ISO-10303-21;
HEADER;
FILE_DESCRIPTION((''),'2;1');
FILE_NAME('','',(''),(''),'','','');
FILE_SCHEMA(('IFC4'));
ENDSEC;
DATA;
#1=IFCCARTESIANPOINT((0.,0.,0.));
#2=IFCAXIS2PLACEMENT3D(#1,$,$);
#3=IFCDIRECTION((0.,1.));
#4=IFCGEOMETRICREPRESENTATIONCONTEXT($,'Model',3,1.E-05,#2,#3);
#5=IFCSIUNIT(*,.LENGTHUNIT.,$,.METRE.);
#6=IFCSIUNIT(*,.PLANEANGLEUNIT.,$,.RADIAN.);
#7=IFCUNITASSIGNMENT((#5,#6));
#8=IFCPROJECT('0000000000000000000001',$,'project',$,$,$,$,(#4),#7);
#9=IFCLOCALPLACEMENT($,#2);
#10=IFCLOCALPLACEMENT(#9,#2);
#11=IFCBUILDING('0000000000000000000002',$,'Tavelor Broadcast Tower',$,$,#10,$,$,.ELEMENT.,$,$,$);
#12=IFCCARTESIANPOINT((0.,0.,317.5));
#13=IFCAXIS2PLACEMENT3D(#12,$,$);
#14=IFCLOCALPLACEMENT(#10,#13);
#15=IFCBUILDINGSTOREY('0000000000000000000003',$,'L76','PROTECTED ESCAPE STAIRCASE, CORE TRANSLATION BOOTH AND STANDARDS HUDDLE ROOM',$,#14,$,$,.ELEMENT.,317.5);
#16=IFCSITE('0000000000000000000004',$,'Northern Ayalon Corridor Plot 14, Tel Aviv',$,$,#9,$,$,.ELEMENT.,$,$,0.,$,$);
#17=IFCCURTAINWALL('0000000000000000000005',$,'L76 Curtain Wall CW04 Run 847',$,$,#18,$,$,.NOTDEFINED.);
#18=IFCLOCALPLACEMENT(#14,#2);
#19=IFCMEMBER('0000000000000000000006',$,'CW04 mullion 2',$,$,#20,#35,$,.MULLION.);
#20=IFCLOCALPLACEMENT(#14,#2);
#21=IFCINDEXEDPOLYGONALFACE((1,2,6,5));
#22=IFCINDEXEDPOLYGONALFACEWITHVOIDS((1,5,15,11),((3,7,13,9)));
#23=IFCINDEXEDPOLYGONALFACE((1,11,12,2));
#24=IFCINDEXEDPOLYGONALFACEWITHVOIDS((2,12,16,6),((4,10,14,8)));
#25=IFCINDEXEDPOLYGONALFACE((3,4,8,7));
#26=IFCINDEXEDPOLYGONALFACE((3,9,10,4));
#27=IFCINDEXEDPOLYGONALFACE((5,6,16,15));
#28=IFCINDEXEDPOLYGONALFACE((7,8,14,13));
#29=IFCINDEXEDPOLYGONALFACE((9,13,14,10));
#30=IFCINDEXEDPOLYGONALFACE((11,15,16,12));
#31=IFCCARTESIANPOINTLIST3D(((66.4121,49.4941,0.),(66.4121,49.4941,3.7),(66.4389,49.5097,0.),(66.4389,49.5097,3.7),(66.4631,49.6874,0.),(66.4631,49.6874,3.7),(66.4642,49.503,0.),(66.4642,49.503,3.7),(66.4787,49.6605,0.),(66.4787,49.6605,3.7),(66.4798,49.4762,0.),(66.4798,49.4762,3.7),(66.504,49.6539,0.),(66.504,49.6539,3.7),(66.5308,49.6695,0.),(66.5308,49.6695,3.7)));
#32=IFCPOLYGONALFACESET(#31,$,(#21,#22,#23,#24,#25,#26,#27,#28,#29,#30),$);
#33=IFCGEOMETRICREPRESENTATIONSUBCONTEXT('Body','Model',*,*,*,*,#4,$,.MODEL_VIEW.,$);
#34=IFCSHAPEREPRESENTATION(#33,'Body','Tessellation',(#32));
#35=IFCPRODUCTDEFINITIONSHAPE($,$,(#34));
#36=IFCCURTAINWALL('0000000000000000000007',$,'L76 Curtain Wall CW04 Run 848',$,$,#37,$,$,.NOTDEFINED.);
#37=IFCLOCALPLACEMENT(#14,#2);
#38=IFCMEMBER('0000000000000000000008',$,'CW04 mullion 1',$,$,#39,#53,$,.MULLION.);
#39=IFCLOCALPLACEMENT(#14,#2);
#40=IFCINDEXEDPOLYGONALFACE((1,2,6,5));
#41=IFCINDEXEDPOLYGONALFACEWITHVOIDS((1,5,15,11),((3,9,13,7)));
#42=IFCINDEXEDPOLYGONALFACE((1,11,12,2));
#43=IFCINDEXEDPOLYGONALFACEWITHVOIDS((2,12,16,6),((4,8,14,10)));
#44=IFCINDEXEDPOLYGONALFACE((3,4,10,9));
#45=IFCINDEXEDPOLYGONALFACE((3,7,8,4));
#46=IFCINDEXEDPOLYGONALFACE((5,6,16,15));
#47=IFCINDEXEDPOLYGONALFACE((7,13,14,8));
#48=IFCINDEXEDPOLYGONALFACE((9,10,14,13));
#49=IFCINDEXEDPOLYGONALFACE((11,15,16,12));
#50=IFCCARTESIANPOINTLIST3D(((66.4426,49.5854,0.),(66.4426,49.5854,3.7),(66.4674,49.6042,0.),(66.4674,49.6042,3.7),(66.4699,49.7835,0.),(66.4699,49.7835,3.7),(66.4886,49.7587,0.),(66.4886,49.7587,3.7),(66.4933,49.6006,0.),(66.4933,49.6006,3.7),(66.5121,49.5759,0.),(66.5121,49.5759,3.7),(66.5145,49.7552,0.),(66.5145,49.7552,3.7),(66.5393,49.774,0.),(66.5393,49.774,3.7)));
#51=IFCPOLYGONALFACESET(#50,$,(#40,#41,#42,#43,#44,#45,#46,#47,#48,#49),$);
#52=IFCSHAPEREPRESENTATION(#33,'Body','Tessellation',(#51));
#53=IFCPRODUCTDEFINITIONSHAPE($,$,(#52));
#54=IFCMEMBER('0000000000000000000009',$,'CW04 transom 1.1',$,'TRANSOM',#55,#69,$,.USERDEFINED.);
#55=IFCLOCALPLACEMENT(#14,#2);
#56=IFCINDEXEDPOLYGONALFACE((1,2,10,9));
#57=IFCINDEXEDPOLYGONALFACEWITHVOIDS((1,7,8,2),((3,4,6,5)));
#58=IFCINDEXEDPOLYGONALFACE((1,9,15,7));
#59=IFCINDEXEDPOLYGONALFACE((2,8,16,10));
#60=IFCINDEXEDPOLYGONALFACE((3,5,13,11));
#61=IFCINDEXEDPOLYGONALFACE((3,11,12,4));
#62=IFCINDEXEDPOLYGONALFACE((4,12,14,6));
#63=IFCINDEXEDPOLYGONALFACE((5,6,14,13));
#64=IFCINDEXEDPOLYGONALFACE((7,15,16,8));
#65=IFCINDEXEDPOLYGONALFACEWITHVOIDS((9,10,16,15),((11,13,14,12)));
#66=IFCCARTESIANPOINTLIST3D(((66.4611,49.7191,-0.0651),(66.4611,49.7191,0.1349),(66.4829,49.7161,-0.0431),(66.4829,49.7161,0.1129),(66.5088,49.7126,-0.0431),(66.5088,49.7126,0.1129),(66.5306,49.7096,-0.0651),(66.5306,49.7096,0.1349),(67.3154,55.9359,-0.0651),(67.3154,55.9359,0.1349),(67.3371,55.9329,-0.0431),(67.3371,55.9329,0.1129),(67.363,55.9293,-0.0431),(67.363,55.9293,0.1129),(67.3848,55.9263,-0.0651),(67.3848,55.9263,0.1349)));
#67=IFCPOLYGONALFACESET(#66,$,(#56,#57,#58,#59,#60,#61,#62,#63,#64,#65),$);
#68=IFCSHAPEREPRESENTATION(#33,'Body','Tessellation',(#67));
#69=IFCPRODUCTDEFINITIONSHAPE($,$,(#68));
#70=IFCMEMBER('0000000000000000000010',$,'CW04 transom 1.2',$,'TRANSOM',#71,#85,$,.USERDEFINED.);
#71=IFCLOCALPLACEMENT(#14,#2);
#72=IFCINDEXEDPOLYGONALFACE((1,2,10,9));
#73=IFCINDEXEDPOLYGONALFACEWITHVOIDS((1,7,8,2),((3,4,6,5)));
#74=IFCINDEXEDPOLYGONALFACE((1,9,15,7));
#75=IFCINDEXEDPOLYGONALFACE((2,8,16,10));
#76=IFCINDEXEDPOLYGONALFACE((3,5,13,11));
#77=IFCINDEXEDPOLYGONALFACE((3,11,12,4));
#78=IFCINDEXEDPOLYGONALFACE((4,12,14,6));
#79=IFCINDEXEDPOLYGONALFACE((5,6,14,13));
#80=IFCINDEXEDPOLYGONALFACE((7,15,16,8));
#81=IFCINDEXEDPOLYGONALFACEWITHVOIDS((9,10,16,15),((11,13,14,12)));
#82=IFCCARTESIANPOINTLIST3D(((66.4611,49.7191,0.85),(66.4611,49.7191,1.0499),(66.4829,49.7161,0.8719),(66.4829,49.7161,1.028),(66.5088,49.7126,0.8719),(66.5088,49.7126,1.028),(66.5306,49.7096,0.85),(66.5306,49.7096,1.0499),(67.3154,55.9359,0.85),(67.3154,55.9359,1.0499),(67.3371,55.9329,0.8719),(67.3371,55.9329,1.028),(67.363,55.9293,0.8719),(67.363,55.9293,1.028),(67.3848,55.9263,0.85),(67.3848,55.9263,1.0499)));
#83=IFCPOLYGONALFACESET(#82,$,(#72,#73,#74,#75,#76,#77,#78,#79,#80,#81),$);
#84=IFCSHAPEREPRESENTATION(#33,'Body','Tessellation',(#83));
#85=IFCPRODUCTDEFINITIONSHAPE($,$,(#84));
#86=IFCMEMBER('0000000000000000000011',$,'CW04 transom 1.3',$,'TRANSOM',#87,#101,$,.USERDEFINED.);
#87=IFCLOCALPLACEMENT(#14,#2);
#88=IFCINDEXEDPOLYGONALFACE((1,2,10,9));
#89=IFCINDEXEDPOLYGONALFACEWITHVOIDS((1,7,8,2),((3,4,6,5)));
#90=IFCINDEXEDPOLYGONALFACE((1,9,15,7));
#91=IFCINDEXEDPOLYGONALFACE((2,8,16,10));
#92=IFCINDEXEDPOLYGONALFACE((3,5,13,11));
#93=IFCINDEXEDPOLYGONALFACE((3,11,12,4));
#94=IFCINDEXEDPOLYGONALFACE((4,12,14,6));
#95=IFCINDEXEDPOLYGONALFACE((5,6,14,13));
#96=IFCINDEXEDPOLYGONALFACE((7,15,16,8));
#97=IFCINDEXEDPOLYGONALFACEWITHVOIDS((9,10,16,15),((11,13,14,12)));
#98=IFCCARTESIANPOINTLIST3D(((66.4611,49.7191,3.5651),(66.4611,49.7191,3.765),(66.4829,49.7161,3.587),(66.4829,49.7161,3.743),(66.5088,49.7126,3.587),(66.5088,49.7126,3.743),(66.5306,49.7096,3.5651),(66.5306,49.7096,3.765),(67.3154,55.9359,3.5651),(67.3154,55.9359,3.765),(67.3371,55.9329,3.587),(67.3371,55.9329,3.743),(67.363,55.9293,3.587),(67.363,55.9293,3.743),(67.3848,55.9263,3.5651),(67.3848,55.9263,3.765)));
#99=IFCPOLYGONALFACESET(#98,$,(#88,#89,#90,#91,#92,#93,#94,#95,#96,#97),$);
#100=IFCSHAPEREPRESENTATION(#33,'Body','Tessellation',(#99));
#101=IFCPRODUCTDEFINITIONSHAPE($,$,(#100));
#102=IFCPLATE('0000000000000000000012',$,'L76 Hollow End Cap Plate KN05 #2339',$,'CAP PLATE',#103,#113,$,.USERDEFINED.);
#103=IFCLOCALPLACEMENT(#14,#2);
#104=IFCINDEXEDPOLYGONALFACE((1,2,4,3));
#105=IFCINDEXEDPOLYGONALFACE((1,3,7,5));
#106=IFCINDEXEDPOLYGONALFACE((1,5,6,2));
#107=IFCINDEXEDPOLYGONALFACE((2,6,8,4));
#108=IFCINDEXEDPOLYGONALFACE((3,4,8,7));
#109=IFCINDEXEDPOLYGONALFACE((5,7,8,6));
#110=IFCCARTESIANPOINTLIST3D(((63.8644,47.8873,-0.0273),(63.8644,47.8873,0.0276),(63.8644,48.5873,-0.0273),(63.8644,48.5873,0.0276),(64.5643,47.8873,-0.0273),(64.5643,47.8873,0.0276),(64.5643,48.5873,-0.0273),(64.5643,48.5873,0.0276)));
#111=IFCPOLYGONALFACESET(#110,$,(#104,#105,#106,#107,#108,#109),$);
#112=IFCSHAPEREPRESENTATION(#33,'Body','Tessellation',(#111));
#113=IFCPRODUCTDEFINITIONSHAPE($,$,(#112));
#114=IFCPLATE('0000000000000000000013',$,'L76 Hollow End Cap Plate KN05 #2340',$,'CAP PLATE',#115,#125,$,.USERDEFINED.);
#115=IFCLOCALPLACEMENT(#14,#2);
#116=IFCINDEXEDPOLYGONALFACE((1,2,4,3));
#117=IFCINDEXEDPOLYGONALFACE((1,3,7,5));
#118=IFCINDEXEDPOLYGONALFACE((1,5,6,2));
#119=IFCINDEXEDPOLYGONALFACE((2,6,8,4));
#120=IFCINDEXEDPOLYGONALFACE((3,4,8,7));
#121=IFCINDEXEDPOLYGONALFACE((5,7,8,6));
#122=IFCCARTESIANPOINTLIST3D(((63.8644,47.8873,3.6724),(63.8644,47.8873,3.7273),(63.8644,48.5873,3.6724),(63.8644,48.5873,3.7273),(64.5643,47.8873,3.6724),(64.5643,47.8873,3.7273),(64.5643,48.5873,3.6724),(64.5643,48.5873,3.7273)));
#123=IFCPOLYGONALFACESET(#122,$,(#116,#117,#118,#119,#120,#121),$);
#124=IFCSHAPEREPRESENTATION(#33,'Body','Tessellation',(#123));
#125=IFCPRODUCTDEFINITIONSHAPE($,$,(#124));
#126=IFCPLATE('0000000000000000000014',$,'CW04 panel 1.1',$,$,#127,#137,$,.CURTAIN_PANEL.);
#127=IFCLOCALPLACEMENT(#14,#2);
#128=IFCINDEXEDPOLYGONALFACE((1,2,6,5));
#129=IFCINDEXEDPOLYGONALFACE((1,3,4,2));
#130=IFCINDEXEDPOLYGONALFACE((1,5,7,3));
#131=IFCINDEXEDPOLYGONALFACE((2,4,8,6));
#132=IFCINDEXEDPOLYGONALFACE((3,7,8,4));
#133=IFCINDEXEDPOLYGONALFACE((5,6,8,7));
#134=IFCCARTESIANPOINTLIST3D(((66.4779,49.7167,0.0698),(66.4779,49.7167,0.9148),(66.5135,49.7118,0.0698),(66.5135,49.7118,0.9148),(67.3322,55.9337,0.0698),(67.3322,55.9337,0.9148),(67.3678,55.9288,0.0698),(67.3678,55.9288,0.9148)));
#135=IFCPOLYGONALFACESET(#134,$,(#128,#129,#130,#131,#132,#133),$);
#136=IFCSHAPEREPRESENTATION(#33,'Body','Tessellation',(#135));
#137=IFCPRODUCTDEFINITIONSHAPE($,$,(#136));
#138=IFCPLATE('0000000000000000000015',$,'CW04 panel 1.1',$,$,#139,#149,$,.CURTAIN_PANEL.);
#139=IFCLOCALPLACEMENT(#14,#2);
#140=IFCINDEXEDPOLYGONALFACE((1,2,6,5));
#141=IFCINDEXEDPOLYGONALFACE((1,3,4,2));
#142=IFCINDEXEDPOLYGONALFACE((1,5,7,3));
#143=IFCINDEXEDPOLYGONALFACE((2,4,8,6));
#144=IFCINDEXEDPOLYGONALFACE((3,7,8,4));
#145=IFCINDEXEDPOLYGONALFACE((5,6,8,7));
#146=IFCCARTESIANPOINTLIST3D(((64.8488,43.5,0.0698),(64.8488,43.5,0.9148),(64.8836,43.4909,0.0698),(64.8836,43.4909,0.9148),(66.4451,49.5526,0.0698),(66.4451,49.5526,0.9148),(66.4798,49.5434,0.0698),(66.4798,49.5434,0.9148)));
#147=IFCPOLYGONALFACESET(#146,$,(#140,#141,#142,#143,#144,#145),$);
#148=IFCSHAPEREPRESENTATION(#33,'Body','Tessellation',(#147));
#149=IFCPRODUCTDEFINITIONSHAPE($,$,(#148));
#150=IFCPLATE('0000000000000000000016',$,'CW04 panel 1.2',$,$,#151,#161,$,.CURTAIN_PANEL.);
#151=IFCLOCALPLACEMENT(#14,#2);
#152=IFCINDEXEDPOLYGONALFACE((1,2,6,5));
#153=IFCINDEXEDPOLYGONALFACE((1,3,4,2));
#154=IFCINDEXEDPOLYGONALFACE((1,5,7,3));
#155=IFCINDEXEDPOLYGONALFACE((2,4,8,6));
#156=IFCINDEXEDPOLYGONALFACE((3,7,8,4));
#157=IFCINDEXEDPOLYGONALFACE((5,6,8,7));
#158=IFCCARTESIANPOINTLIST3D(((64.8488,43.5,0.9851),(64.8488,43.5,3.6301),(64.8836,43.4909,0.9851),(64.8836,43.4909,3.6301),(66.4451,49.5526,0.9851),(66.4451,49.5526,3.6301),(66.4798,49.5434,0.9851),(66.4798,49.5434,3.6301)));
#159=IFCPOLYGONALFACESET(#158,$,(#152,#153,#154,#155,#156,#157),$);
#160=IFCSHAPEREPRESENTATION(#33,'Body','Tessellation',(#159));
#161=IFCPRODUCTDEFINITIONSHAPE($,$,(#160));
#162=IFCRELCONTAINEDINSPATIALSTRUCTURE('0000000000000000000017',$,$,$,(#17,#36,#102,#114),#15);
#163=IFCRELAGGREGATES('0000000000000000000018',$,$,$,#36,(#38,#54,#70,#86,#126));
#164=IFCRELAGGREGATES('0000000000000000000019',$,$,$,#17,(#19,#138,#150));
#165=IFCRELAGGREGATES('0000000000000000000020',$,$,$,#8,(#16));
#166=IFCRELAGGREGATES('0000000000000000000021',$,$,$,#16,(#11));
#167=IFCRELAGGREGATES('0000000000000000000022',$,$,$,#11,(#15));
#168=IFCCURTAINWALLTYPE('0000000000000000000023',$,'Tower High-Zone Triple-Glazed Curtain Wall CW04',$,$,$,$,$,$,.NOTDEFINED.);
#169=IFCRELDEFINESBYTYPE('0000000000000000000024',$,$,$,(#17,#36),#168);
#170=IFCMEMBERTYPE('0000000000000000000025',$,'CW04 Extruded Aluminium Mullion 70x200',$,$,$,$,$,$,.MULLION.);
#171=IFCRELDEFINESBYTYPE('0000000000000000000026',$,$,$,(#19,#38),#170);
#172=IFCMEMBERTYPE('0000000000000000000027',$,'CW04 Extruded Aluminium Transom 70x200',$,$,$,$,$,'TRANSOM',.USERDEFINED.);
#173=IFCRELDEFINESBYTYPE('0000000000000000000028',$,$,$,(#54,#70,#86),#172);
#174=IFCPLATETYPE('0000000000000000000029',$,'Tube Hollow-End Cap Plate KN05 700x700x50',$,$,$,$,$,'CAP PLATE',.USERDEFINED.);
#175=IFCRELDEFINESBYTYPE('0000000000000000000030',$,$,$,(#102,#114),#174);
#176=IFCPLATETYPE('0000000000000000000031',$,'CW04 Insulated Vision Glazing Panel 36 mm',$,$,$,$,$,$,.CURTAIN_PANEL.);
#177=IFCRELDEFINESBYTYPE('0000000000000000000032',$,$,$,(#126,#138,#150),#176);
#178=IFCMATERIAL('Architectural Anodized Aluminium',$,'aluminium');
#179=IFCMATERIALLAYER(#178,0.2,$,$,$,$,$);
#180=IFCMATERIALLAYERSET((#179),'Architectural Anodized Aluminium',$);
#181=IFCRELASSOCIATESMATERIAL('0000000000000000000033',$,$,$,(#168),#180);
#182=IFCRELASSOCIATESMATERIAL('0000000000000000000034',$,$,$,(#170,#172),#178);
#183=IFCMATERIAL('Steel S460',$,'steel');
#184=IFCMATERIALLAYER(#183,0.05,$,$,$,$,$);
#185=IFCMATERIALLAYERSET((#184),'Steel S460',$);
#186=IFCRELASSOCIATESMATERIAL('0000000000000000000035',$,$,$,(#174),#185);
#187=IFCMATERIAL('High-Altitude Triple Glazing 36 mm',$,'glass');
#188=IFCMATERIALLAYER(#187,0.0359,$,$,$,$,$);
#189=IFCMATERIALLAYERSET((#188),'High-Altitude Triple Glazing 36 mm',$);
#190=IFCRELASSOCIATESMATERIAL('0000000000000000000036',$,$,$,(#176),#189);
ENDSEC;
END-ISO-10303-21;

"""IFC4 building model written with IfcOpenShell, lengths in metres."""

from ifc_helpers import new_model, si_unit, direction, frame, origin, origin_2d, place, context, subcontext, project, spatial, rectangle, hollow_rectangle, extrude, source, transform, mapped, material, layer, layer_set, material_profile, profile_set, type_object, type_shapes, element, aggregate, save


model = new_model("IFC4")

# Units and contexts
model_context = context("Model", 3, precision=1e-05, world=origin(), true_north=direction((0.0, 1.0)))
body_context = subcontext(model_context, "Body", "Model", "MODEL_VIEW")
ifc_project = project(units=[si_unit("LENGTHUNIT", "METRE"), si_unit("PLANEANGLEUNIT", "RADIAN")], contexts=[model_context])

# Site, building, storey
site_placement = place(None, origin())
site = spatial("IfcSite", under=ifc_project, at=site_placement, Name="Northern Ayalon Corridor Plot 14, Tel Aviv", CompositionType="ELEMENT", RefElevation=0.0)
building_placement = place(site_placement, origin())
building = spatial("IfcBuilding", under=site, at=building_placement, Name="Tavelor Broadcast Tower", CompositionType="ELEMENT")
storey_placement = place(building_placement, frame((0.0, 0.0, 317.5)))
storey = spatial("IfcBuildingStorey", under=building, at=storey_placement, Name="L76", Description="PROTECTED ESCAPE STAIRCASE, CORE TRANSLATION BOOTH AND STANDARDS HUDDLE ROOM", CompositionType="ELEMENT", Elevation=317.5)

# Shared definitions
ifc_material_1 = material(Name="Steel S460", Category="steel")

# Curtain wall, member
ifc_material_2 = material(Name="Architectural Anodized Aluminium", Category="aluminium")
ifc_layer_1 = layer(ifc_material_2, 0.2)
ifc_layer_set_1 = layer_set([ifc_layer_1], Name="Architectural Anodized Aluminium")
curtain_wall_type = type_object("IfcCurtainWallType", Name="Tower High-Zone Triple-Glazed Curtain Wall CW04", PredefinedType="NOTDEFINED", material=ifc_layer_set_1)
curtain_wall_1_placement = place(storey_placement, origin())
curtain_wall_1 = element("IfcCurtainWall", 1, at=curtain_wall_1_placement, inside=storey, type_object=curtain_wall_type, Name="L76 Curtain Wall CW04 Run 847", PredefinedType="NOTDEFINED")
ifc_material_profile_1 = material_profile(ifc_material_2, hollow_rectangle(XDim=0.0701, YDim=0.2, WallThickness=0.022, at=origin_2d()), Name="RHS 70x200x22")
ifc_profile_set_1 = profile_set([ifc_material_profile_1], Name="Architectural Anodized Aluminium")
member_type_1 = type_object("IfcMemberType", Name="CW04 Extruded Aluminium Mullion 70x200", PredefinedType="MULLION", material=ifc_profile_set_1)
shared_shape_1 = source(origin(), body_context, "Body", "SweptSolid", [
    extrude(hollow_rectangle(XDim=0.0701, YDim=0.2, WallThickness=0.022, at=origin_2d()), origin(), (0.0, 0.0, 1.0), 3.7),
])
type_shapes(member_type_1, [shared_shape_1])
member_1_placement = place(storey_placement, frame((66.4714, 49.5818, 0.0), z_axis=(0.0, 0.0, 1.0), x_axis=(-0.96694, 0.255006, 0.0)))
member_1 = element("IfcMember", 2, at=member_1_placement, type_object=member_type_1, Name="CW04 mullion 2", PredefinedType="MULLION", context=body_context, shape_type="MappedRepresentation", body=[
    mapped(shared_shape_1, transform((0.0, 0.0, 0.0), scale=1.0)),
])

# Curtain wall, members
curtain_wall_2_placement = place(storey_placement, origin())
curtain_wall_2 = element("IfcCurtainWall", 3, at=curtain_wall_2_placement, inside=storey, type_object=curtain_wall_type, Name="L76 Curtain Wall CW04 Run 848", PredefinedType="NOTDEFINED")
member_2_placement = place(storey_placement, frame((66.491, 49.6797, 0.0), z_axis=(0.0, 0.0, 1.0), x_axis=(-0.99069, 0.136141, 0.0)))
member_2 = element("IfcMember", 4, at=member_2_placement, type_object=member_type_1, Name="CW04 mullion 1", PredefinedType="MULLION", context=body_context, shape_type="MappedRepresentation", body=[
    mapped(shared_shape_1, transform((0.0, 0.0, 0.0), scale=1.0)),
])
ifc_material_profile_2 = material_profile(ifc_material_2, hollow_rectangle(XDim=0.0701, YDim=0.2, WallThickness=0.022, at=origin_2d()), Name="RHS 70x200x22")
ifc_profile_set_2 = profile_set([ifc_material_profile_2], Name="Architectural Anodized Aluminium")
member_type_2 = type_object("IfcMemberType", Name="CW04 Extruded Aluminium Transom 70x200", ElementType="TRANSOM", PredefinedType="USERDEFINED", material=ifc_profile_set_2)
shared_shape_2 = source(origin(), body_context, "Body", "SweptSolid", [
    extrude(hollow_rectangle(XDim=0.0701, YDim=0.2, WallThickness=0.022, at=origin_2d()), origin(), (0.0, 0.0, 1.0), 6.2751),
])
type_shapes(member_type_2, [shared_shape_2])
member_3_placement = place(storey_placement, frame((66.4958, 49.7144, 0.0349), z_axis=(0.136131, 0.990691, 0.0), x_axis=(-0.990691, 0.136131, 0.0)))
member_3 = element("IfcMember", 5, at=member_3_placement, type_object=member_type_2, Name="CW04 transom 1.1", ObjectType="TRANSOM", PredefinedType="USERDEFINED", context=body_context, shape_type="MappedRepresentation", body=[
    mapped(shared_shape_2, transform((0.0, 0.0, 0.0), scale=1.0)),
])
member_4_placement = place(storey_placement, frame((66.4958, 49.7144, 0.95), z_axis=(0.136131, 0.990691, 0.0), x_axis=(-0.990691, 0.136131, 0.0)))
member_4 = element("IfcMember", 6, at=member_4_placement, type_object=member_type_2, Name="CW04 transom 1.2", ObjectType="TRANSOM", PredefinedType="USERDEFINED", context=body_context, shape_type="MappedRepresentation", body=[
    mapped(shared_shape_2, transform((0.0, 0.0, 0.0), scale=1.0)),
])
member_5_placement = place(storey_placement, frame((66.4958, 49.7144, 3.665), z_axis=(0.136131, 0.990691, 0.0), x_axis=(-0.990691, 0.136131, 0.0)))
member_5 = element("IfcMember", 7, at=member_5_placement, type_object=member_type_2, Name="CW04 transom 1.3", ObjectType="TRANSOM", PredefinedType="USERDEFINED", context=body_context, shape_type="MappedRepresentation", body=[
    mapped(shared_shape_2, transform((0.0, 0.0, 0.0), scale=1.0)),
])

# Plates
ifc_layer_2 = layer(ifc_material_1, 0.05)
ifc_layer_set_2 = layer_set([ifc_layer_2], Name="Steel S460")
plate_type_1 = type_object("IfcPlateType", Name="Tube Hollow-End Cap Plate KN05 700x700x50", ElementType="CAP PLATE", PredefinedType="USERDEFINED", material=ifc_layer_set_2)
shared_shape_3 = source(origin(), body_context, "Body", "SweptSolid", [
    extrude(rectangle(XDim=0.7, YDim=0.7, at=origin_2d()), origin(), (0.0, 0.0, 1.0), 0.0549),
])
type_shapes(plate_type_1, [shared_shape_3])
for number, where, z_axis, x_axis, name in (
    (8, (64.2144, 48.2373, -0.0273), (0.0, 0.0, 1.0), (1.0, 0.0, 0.0), "L76 Hollow End Cap Plate KN05 #2339"),
    (9, (64.2144, 48.2373, 3.6724), (0.0, 0.0, 1.0), (1.0, 0.0, 0.0), "L76 Hollow End Cap Plate KN05 #2340"),
):
    element("IfcPlate", number, at=place(storey_placement, frame(where, z_axis=z_axis, x_axis=x_axis)), inside=storey, type_object=plate_type_1, Name=name, ObjectType="CAP PLATE", PredefinedType="USERDEFINED", context=body_context, shape_type="MappedRepresentation", body=[
        mapped(shared_shape_3, transform((0.0, 0.0, 0.0), scale=1.0)),
    ])

# Plates
ifc_material_3 = material(Name="High-Altitude Triple Glazing 36 mm", Category="glass")
ifc_layer_3 = layer(ifc_material_3, 0.0359)
ifc_layer_set_3 = layer_set([ifc_layer_3], Name="High-Altitude Triple Glazing 36 mm")
plate_type_2 = type_object("IfcPlateType", Name="CW04 Insulated Vision Glazing Panel 36 mm", PredefinedType="CURTAIN_PANEL", material=ifc_layer_set_3)
shared_shape_4 = source(origin(), body_context, "Body", "SweptSolid", [
    extrude(rectangle(XDim=6.2754, YDim=0.0359, at=origin_2d()), origin(), (0.0, 0.0, 1.0), 0.845),
])
plate_1_placement = place(storey_placement, frame((66.9229, 52.8228, 0.0698), z_axis=(0.0, 0.0, 1.0), x_axis=(0.136141, 0.99069, 0.0)))
plate_1 = element("IfcPlate", 10, at=plate_1_placement, type_object=plate_type_2, Name="CW04 panel 1.1", PredefinedType="CURTAIN_PANEL", context=body_context, shape_type="MappedRepresentation", body=[
    mapped(shared_shape_4, transform((0.0, 0.0, 0.0), scale=1.0)),
])
aggregate(curtain_wall_2, [member_2, member_3, member_4, member_5, plate_1])
shared_shape_5 = source(origin(), body_context, "Body", "SweptSolid", [
    extrude(rectangle(XDim=6.2595, YDim=0.0359, at=origin_2d()), origin(), (0.0, 0.0, 1.0), 0.845),
])
plate_2_placement = place(storey_placement, frame((65.6643, 46.5217, 0.0698), z_axis=(0.0, 0.0, 1.0), x_axis=(0.255006, 0.96694, 0.0)))
plate_2 = element("IfcPlate", 11, at=plate_2_placement, type_object=plate_type_2, Name="CW04 panel 1.1", PredefinedType="CURTAIN_PANEL", context=body_context, shape_type="MappedRepresentation", body=[
    mapped(shared_shape_5, transform((0.0, 0.0, 0.0), scale=1.0)),
])
shared_shape_6 = source(origin(), body_context, "Body", "SweptSolid", [
    extrude(rectangle(XDim=6.2595, YDim=0.0359, at=origin_2d()), origin(), (0.0, 0.0, 1.0), 2.645),
])
type_shapes(plate_type_2, [shared_shape_4, shared_shape_5, shared_shape_6])
plate_3_placement = place(storey_placement, frame((65.6643, 46.5217, 0.9851), z_axis=(0.0, 0.0, 1.0), x_axis=(0.255006, 0.96694, 0.0)))
plate_3 = element("IfcPlate", 12, at=plate_3_placement, type_object=plate_type_2, Name="CW04 panel 1.2", PredefinedType="CURTAIN_PANEL", context=body_context, shape_type="MappedRepresentation", body=[
    mapped(shared_shape_6, transform((0.0, 0.0, 0.0), scale=1.0)),
])
aggregate(curtain_wall_1, [member_1, plate_2, plate_3])

save(model, "model.ifc")
